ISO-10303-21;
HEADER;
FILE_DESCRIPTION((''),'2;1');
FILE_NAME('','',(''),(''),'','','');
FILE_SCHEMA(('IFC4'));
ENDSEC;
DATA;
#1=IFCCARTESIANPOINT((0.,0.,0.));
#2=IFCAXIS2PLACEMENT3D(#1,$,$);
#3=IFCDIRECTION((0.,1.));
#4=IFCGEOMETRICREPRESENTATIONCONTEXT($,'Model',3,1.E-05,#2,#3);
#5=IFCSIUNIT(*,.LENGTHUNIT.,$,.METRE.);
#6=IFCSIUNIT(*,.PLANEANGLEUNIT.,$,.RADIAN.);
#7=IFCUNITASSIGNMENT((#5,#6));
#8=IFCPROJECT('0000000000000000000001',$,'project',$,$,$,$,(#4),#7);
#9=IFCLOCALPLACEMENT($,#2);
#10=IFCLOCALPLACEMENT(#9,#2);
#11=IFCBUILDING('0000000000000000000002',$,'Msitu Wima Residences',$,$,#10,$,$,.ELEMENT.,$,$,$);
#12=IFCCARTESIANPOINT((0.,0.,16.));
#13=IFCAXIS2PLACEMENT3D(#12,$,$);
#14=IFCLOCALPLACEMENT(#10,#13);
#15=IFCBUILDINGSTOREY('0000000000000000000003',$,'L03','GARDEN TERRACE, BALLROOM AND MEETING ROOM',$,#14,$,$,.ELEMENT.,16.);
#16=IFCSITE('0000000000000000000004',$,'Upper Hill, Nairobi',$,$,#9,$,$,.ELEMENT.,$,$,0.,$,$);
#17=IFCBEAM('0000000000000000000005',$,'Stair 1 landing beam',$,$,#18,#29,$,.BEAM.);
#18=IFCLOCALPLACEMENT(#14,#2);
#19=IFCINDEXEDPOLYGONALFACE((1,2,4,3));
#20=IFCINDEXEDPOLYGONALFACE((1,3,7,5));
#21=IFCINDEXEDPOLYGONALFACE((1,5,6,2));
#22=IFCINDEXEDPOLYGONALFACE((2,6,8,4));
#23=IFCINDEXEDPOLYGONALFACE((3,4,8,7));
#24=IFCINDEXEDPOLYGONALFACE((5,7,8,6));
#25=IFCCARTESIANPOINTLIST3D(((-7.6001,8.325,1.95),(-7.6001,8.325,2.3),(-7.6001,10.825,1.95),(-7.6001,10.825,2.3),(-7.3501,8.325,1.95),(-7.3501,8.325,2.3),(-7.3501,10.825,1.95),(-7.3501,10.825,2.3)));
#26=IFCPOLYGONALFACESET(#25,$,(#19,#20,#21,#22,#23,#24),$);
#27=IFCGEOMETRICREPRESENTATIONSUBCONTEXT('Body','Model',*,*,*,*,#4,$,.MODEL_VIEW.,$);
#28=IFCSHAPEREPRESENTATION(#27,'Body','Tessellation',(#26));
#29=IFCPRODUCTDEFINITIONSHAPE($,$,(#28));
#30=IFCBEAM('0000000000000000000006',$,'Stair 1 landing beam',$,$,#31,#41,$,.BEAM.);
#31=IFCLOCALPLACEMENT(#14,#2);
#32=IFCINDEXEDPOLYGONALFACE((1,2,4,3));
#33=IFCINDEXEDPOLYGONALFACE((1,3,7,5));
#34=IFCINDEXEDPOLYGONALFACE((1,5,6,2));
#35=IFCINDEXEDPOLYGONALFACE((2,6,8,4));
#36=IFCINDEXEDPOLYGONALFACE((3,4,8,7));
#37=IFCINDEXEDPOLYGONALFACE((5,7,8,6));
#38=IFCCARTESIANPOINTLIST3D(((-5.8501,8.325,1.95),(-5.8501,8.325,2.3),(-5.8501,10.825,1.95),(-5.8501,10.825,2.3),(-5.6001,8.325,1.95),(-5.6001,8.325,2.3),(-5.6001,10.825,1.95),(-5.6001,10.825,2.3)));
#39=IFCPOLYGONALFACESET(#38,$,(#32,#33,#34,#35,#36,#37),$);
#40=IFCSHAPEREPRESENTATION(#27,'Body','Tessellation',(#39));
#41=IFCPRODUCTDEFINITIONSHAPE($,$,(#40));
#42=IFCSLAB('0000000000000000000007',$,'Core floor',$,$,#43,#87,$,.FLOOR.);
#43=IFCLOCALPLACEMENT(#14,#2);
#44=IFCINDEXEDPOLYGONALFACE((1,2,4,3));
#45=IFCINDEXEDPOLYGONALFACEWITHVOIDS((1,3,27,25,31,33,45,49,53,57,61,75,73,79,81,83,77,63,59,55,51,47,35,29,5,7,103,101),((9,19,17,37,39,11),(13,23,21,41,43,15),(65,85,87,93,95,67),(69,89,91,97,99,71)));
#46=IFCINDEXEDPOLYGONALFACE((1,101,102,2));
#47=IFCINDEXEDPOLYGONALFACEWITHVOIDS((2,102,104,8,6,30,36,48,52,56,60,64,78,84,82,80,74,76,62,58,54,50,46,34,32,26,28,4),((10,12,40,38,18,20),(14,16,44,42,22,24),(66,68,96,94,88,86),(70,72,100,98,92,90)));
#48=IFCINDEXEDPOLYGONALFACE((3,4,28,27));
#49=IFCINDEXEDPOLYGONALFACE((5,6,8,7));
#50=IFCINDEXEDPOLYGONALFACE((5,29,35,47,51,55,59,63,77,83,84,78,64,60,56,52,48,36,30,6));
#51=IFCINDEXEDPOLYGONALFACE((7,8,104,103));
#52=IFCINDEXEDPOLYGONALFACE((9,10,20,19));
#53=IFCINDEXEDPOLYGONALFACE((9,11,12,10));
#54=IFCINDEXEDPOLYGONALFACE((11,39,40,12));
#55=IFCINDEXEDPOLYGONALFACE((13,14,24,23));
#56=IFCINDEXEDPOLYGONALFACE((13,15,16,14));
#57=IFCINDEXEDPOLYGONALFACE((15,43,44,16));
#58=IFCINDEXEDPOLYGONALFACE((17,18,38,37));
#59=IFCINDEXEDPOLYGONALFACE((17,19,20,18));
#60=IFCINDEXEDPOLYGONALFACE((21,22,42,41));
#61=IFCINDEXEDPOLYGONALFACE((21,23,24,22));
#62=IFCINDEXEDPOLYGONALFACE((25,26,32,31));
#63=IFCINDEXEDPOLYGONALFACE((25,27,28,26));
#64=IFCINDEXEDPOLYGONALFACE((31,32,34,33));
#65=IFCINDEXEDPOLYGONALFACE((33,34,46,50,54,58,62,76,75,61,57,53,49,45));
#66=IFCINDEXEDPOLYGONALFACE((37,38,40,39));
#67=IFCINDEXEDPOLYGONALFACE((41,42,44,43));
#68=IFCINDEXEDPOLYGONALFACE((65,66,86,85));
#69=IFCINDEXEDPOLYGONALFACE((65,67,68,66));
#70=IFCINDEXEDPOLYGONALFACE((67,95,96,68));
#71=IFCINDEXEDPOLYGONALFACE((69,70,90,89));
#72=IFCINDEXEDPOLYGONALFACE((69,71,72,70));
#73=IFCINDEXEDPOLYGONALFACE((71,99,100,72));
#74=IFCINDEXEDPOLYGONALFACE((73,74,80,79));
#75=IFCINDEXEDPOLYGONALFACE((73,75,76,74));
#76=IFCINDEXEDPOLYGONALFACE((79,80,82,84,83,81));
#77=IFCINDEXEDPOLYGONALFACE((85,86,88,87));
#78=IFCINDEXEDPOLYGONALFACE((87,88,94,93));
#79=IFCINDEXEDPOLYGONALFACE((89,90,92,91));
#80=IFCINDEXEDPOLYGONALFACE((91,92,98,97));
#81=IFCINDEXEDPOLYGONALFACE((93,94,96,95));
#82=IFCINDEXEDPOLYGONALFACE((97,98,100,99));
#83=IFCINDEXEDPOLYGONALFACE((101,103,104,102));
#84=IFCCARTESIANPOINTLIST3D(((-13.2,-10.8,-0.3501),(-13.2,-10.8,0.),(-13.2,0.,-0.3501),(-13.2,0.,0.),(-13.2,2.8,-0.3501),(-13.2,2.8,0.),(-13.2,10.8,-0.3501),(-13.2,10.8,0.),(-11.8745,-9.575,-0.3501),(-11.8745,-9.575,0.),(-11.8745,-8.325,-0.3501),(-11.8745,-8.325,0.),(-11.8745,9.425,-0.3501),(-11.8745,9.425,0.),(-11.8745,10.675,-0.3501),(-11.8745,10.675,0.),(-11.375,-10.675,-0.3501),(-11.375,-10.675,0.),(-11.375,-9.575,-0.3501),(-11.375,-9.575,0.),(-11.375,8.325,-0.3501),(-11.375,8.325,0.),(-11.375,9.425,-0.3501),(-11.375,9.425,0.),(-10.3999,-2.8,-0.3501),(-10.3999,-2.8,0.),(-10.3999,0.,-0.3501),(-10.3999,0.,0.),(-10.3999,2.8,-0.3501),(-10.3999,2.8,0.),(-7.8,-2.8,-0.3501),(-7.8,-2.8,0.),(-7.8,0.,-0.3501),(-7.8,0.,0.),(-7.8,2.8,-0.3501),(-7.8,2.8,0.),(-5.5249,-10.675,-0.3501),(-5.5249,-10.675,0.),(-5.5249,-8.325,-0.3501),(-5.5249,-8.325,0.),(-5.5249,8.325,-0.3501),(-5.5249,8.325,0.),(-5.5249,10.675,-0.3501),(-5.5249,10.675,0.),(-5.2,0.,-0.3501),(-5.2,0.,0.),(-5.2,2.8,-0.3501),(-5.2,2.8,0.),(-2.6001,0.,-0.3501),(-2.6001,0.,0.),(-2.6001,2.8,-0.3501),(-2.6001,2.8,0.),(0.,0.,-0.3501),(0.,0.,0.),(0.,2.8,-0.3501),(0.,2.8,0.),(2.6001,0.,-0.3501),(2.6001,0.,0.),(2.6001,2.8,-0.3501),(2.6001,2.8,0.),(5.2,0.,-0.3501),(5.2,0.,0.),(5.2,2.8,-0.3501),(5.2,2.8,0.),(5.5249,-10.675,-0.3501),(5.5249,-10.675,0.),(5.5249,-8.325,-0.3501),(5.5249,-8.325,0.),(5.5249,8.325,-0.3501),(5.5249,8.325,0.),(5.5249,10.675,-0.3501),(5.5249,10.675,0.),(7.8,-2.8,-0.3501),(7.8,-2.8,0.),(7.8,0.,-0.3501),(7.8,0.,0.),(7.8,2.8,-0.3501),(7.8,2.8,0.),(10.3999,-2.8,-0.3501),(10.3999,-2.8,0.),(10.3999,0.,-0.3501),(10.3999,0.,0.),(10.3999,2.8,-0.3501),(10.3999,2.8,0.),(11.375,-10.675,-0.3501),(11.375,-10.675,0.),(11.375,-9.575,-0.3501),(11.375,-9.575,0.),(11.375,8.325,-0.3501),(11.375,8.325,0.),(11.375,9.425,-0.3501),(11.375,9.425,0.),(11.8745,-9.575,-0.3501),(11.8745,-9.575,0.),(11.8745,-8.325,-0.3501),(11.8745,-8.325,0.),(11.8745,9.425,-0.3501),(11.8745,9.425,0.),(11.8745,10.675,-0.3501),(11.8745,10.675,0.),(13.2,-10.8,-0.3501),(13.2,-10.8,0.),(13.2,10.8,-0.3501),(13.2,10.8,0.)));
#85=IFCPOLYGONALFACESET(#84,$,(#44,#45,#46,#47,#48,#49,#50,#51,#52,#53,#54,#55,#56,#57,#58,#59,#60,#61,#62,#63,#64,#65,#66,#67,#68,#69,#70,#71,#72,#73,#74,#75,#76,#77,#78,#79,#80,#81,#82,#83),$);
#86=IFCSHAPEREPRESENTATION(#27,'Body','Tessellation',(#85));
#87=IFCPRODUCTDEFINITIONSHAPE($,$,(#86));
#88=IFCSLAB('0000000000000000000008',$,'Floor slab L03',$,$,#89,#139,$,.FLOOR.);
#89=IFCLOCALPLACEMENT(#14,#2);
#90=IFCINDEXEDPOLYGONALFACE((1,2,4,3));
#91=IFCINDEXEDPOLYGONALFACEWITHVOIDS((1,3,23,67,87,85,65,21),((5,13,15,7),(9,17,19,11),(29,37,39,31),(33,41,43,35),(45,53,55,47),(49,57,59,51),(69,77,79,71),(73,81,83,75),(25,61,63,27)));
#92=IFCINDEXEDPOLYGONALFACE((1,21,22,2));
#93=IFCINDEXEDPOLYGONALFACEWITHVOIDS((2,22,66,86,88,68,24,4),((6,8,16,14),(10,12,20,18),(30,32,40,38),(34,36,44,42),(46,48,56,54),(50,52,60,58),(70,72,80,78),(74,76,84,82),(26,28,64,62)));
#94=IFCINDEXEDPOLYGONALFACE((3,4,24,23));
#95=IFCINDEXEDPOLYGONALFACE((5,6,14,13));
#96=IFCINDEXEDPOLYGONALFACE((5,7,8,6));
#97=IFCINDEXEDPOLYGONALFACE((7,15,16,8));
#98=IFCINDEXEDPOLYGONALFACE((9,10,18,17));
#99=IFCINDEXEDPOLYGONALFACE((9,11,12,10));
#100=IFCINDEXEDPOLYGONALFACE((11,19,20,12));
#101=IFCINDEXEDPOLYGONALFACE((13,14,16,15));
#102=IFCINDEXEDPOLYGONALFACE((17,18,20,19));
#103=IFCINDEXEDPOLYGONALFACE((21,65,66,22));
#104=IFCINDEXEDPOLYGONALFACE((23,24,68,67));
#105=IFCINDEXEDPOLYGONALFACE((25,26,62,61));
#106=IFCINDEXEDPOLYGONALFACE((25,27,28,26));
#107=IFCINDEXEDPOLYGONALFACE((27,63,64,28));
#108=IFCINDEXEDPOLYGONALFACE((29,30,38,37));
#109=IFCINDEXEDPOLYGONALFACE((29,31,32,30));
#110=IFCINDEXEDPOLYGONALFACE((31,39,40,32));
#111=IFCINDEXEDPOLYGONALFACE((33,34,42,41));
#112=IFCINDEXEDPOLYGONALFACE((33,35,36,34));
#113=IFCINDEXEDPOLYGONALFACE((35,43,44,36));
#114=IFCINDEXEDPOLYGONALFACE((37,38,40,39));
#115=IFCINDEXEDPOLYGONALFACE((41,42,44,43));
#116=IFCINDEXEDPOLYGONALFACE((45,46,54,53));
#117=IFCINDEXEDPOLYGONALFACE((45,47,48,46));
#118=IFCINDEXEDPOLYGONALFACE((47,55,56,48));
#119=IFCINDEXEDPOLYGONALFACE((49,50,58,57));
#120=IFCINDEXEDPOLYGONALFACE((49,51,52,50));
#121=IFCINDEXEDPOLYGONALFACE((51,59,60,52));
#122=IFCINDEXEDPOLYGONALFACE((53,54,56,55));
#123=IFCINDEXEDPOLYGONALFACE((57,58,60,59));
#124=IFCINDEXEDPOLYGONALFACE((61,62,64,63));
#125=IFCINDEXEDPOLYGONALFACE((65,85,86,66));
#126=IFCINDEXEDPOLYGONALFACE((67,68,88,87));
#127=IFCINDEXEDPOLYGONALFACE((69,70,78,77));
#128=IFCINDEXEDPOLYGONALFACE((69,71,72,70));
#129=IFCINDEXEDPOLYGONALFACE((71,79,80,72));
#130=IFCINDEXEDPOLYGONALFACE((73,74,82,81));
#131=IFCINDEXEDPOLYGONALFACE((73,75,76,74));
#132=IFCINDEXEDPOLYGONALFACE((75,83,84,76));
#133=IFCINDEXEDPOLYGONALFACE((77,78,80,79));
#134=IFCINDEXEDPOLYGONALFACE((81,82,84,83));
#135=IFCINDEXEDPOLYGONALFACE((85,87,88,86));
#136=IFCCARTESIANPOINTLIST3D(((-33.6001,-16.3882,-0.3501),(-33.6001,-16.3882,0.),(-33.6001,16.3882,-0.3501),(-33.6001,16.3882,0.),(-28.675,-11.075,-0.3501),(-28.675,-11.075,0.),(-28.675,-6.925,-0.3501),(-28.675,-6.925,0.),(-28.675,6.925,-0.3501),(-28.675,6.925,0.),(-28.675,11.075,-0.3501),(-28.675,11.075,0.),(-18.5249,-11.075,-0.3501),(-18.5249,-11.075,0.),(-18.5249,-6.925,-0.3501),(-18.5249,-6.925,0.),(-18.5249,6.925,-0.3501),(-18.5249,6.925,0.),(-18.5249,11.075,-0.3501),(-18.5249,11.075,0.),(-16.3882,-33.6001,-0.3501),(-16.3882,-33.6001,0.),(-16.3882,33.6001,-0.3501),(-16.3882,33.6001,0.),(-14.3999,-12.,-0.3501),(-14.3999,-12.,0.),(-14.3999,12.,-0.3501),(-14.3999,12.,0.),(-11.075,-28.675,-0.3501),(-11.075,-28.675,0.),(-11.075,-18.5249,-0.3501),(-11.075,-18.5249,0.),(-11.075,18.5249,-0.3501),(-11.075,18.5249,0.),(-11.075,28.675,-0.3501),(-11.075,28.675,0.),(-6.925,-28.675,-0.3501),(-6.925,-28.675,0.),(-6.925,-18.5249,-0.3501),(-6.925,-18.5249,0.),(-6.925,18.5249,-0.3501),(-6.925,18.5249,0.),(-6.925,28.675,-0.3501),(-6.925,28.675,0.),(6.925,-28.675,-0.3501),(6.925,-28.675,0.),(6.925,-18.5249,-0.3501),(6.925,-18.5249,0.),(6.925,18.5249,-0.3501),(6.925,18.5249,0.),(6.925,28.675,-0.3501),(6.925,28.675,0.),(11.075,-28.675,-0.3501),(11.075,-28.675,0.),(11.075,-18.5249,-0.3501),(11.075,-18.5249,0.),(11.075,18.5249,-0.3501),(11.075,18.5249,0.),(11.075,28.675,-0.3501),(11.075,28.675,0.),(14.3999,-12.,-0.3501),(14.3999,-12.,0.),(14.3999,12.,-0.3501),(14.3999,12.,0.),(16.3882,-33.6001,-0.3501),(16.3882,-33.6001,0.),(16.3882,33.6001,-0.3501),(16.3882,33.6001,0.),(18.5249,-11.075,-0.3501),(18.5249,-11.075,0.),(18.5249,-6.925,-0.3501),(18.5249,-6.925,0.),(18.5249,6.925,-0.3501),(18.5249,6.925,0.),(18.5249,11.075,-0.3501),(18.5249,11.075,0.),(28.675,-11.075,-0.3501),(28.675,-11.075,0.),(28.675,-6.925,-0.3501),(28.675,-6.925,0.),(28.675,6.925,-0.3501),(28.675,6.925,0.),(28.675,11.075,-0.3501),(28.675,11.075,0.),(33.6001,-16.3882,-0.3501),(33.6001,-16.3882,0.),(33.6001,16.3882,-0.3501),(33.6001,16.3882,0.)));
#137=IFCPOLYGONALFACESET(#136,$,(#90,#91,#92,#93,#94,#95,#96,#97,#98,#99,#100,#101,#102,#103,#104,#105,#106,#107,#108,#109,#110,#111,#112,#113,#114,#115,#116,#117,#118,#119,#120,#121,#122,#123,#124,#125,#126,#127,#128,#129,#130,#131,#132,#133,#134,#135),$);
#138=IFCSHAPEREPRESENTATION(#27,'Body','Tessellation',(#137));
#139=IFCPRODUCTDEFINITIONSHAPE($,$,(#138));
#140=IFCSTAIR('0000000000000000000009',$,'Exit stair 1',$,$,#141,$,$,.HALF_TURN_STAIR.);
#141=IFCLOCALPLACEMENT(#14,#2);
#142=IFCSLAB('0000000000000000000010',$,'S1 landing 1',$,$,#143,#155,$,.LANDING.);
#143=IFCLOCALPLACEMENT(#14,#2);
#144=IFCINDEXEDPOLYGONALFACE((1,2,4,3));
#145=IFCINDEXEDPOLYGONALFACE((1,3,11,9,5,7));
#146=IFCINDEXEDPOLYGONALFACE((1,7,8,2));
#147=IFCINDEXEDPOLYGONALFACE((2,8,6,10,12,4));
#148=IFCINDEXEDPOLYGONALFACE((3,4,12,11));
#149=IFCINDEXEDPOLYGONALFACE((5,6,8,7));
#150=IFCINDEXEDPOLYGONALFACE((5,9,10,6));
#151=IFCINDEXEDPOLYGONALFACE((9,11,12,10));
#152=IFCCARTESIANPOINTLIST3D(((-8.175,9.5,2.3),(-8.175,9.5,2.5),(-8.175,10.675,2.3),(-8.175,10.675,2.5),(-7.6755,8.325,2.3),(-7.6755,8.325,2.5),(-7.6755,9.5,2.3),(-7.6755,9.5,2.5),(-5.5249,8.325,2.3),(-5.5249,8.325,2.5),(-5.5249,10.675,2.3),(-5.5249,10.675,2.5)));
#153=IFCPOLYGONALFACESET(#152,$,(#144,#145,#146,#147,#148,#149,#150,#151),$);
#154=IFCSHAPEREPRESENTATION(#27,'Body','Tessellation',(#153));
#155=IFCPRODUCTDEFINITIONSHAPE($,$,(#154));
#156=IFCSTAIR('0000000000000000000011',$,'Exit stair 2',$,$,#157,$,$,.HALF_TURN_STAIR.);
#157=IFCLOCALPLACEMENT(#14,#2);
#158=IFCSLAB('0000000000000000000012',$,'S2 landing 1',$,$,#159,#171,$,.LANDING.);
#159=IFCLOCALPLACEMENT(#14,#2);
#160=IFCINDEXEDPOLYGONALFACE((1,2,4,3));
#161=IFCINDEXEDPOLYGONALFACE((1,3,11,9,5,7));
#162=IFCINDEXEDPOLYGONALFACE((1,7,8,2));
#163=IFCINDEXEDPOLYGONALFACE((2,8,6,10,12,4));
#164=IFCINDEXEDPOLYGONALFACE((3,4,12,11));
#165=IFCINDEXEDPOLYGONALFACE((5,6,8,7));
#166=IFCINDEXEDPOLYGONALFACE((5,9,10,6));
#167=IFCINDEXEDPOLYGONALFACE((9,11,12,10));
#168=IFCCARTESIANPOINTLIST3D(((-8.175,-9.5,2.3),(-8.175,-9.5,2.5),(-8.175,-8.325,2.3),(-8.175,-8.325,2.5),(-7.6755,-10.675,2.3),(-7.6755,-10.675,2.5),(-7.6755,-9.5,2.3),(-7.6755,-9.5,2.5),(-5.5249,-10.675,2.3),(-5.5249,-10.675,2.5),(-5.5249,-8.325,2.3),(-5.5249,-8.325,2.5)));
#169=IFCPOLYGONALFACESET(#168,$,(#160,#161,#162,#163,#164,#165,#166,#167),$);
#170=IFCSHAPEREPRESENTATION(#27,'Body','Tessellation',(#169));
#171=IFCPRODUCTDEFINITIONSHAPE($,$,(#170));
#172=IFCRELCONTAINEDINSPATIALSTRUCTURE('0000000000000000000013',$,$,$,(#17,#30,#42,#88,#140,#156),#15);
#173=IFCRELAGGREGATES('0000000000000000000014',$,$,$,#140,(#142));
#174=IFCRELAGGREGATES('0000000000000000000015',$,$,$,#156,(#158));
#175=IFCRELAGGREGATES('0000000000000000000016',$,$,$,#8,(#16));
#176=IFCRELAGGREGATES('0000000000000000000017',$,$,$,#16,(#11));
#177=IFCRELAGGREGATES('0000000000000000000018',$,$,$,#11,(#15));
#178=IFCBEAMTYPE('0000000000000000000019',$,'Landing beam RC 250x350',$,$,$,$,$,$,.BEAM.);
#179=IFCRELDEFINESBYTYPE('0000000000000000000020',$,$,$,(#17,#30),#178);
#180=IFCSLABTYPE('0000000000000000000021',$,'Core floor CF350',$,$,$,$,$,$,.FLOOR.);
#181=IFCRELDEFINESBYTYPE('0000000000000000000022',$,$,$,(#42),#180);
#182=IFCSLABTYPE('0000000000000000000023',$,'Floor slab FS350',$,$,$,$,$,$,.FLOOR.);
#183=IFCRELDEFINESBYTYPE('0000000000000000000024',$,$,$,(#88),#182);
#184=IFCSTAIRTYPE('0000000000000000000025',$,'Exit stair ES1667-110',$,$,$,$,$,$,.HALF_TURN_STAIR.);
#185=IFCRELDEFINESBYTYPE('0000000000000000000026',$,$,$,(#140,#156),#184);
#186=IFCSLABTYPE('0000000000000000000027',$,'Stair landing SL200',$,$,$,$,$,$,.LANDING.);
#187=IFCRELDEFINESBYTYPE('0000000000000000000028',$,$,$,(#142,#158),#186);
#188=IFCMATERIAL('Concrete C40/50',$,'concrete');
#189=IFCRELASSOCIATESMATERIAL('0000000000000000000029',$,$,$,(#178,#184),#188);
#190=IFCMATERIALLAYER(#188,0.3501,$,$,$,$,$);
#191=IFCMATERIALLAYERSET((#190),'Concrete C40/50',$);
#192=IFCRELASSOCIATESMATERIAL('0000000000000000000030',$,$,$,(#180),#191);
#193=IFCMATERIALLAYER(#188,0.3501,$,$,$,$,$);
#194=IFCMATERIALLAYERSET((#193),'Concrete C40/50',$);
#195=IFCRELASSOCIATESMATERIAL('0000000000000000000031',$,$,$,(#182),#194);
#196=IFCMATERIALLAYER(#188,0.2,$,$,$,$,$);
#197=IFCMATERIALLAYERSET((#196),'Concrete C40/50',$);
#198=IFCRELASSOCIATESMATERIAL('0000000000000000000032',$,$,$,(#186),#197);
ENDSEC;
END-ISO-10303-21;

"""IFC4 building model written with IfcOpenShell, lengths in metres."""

from ifc_helpers import new_model, si_unit, direction, frame, origin, origin_2d, place, context, subcontext, project, spatial, polyline, rectangle, outline, extrude, material, layer, layer_set, material_profile, profile_set, type_object, element, aggregate, save


model = new_model("IFC4")

# Units and contexts
model_context = context("Model", 3, precision=1e-05, world=origin(), true_north=direction((0.0, 1.0)))
body_context = subcontext(model_context, "Body", "Model", "MODEL_VIEW")
ifc_project = project(units=[si_unit("LENGTHUNIT", "METRE"), si_unit("PLANEANGLEUNIT", "RADIAN")], contexts=[model_context])

# Site, building, storey
site_placement = place(None, origin())
site = spatial("IfcSite", under=ifc_project, at=site_placement, Name="Upper Hill, Nairobi", CompositionType="ELEMENT", RefElevation=0.0)
building_placement = place(site_placement, origin())
building = spatial("IfcBuilding", under=site, at=building_placement, Name="Msitu Wima Residences", CompositionType="ELEMENT")
storey_placement = place(building_placement, frame((0.0, 0.0, 16.0)))
storey = spatial("IfcBuildingStorey", under=building, at=storey_placement, Name="L03", Description="GARDEN TERRACE, BALLROOM AND MEETING ROOM", CompositionType="ELEMENT", Elevation=16.0)

# Beams
ifc_material_1 = material(Name="Concrete C40/50", Category="concrete")
ifc_material_profile = material_profile(ifc_material_1, rectangle(XDim=0.25, YDim=0.3501, at=origin_2d()), Name="RC 250x350")
ifc_profile_set = profile_set([ifc_material_profile], Name="Concrete C40/50")
beam_type = type_object("IfcBeamType", Name="Landing beam RC 250x350", PredefinedType="BEAM", material=ifc_profile_set)
for number, where, z_axis, x_axis, name in (
    (1, (-7.4751, 8.325, 2.125), (0.0, 1.0, 0.0), (-1.0, 0.0, 0.0), "Stair 1 landing beam"),
    (2, (-5.7251, 8.325, 2.125), (0.0, 1.0, 0.0), (-1.0, 0.0, 0.0), "Stair 1 landing beam"),
):
    element("IfcBeam", number, at=place(storey_placement, frame(where, z_axis=z_axis, x_axis=x_axis)), inside=storey, type_object=beam_type, Name=name, PredefinedType="BEAM", context=body_context, shape_type="SweptSolid", body=[
        extrude(rectangle(XDim=0.25, YDim=0.3501, at=origin_2d()), origin(), (0.0, 0.0, 1.0), 2.5),
    ])

# Slabs
ifc_layer_1 = layer(ifc_material_1, 0.3501)
ifc_layer_set_1 = layer_set([ifc_layer_1], Name="Concrete C40/50")
slab_type_1 = type_object("IfcSlabType", Name="Core floor CF350", PredefinedType="FLOOR", material=ifc_layer_set_1)
slab_1_placement = place(storey_placement, frame((0.0, 0.0, -0.3501)))
element("IfcSlab", 3, at=slab_1_placement, inside=storey, type_object=slab_type_1, Name="Core floor", PredefinedType="FLOOR", context=body_context, shape_type="SweptSolid", body=[
    extrude(outline(polyline([(-13.2, 10.8), (-13.2, 2.8), (-10.3999, 2.8), (-7.8, 2.8), (-5.2, 2.8), (-2.6001, 2.8), (0.0, 2.8), (2.6001, 2.8), (5.2, 2.8), (7.8, 2.8), (10.3999, 2.8), (10.3999, 0.0), (10.3999, -2.8), (7.8, -2.8), (7.8, 0.0), (5.2, 0.0), (2.6001, 0.0), (0.0, 0.0), (-2.6001, 0.0), (-5.2, 0.0), (-7.8, 0.0), (-7.8, -2.8), (-10.3999, -2.8), (-10.3999, 0.0), (-13.2, 0.0), (-13.2, -10.8), (13.2, -10.8), (13.2, 10.8), (-13.2, 10.8)]), holes=[polyline([(-11.375, -10.675), (-11.375, -9.575), (-11.8745, -9.575), (-11.8745, -8.325), (-5.5249, -8.325), (-5.5249, -10.675), (-11.375, -10.675)]), polyline([(-11.375, 9.425), (-11.8745, 9.425), (-11.8745, 10.675), (-5.5249, 10.675), (-5.5249, 8.325), (-11.375, 8.325), (-11.375, 9.425)]), polyline([(11.375, -9.575), (11.375, -10.675), (5.5249, -10.675), (5.5249, -8.325), (11.8745, -8.325), (11.8745, -9.575), (11.375, -9.575)]), polyline([(11.375, 9.425), (11.375, 8.325), (5.5249, 8.325), (5.5249, 10.675), (11.8745, 10.675), (11.8745, 9.425), (11.375, 9.425)])]), origin(), (0.0, 0.0, 1.0), 0.3501),
])
ifc_layer_2 = layer(ifc_material_1, 0.3501)
ifc_layer_set_2 = layer_set([ifc_layer_2], Name="Concrete C40/50")
slab_type_2 = type_object("IfcSlabType", Name="Floor slab FS350", PredefinedType="FLOOR", material=ifc_layer_set_2)
slab_2_placement = place(storey_placement, frame((0.0, 0.0, -0.3501)))
element("IfcSlab", 4, at=slab_2_placement, inside=storey, type_object=slab_type_2, Name="Floor slab L03", PredefinedType="FLOOR", context=body_context, shape_type="SweptSolid", body=[
    extrude(outline(polyline([(16.3882, -33.6001), (-16.3882, -33.6001), (-33.6001, -16.3882), (-33.6001, 16.3882), (-16.3882, 33.6001), (16.3882, 33.6001), (33.6001, 16.3882), (33.6001, -16.3882), (16.3882, -33.6001)]), holes=[polyline([(14.3999, 12.0), (-14.3999, 12.0), (-14.3999, -12.0), (14.3999, -12.0), (14.3999, 12.0)]), polyline([(18.5249, 6.925), (28.675, 6.925), (28.675, 11.075), (18.5249, 11.075), (18.5249, 6.925)]), polyline([(28.675, -6.925), (18.5249, -6.925), (18.5249, -11.075), (28.675, -11.075), (28.675, -6.925)]), polyline([(-11.075, 28.675), (-11.075, 18.5249), (-6.925, 18.5249), (-6.925, 28.675), (-11.075, 28.675)]), polyline([(11.075, 18.5249), (11.075, 28.675), (6.925, 28.675), (6.925, 18.5249), (11.075, 18.5249)]), polyline([(-18.5249, -6.925), (-28.675, -6.925), (-28.675, -11.075), (-18.5249, -11.075), (-18.5249, -6.925)]), polyline([(-28.675, 6.925), (-18.5249, 6.925), (-18.5249, 11.075), (-28.675, 11.075), (-28.675, 6.925)]), polyline([(11.075, -28.675), (11.075, -18.5249), (6.925, -18.5249), (6.925, -28.675), (11.075, -28.675)]), polyline([(-11.075, -18.5249), (-11.075, -28.675), (-6.925, -28.675), (-6.925, -18.5249), (-11.075, -18.5249)])]), origin(), (0.0, 0.0, 1.0), 0.3501),
])

# Stairs, slabs
stair_type = type_object("IfcStairType", Name="Exit stair ES1667-110", PredefinedType="HALF_TURN_STAIR", material=ifc_material_1)
stair_1_placement = place(storey_placement, origin())
stair_1 = element("IfcStair", 5, at=stair_1_placement, inside=storey, type_object=stair_type, Name="Exit stair 1", PredefinedType="HALF_TURN_STAIR")
ifc_layer_3 = layer(ifc_material_1, 0.2)
ifc_layer_set_3 = layer_set([ifc_layer_3], Name="Concrete C40/50")
slab_type_3 = type_object("IfcSlabType", Name="Stair landing SL200", PredefinedType="LANDING", material=ifc_layer_set_3)
slab_3_placement = place(storey_placement, frame((0.0, 0.0, 2.3)))
slab_3 = element("IfcSlab", 6, at=slab_3_placement, type_object=slab_type_3, Name="S1 landing 1", PredefinedType="LANDING", context=body_context, shape_type="SweptSolid", body=[
    extrude(outline(polyline([(-5.5249, 8.325), (-7.6755, 8.325), (-7.6755, 9.5), (-8.175, 9.5), (-8.175, 10.675), (-5.5249, 10.675), (-5.5249, 8.325)])), origin(), (0.0, 0.0, 1.0), 0.2),
])
aggregate(stair_1, [slab_3])
stair_2_placement = place(storey_placement, origin())
stair_2 = element("IfcStair", 7, at=stair_2_placement, inside=storey, type_object=stair_type, Name="Exit stair 2", PredefinedType="HALF_TURN_STAIR")
slab_4_placement = place(storey_placement, frame((0.0, 0.0, 2.3)))
slab_4 = element("IfcSlab", 8, at=slab_4_placement, type_object=slab_type_3, Name="S2 landing 1", PredefinedType="LANDING", context=body_context, shape_type="SweptSolid", body=[
    extrude(outline(polyline([(-5.5249, -10.675), (-7.6755, -10.675), (-7.6755, -9.5), (-8.175, -9.5), (-8.175, -8.325), (-5.5249, -8.325), (-5.5249, -10.675)])), origin(), (0.0, 0.0, 1.0), 0.2),
])
aggregate(stair_2, [slab_4])

save(model, "model.ifc")
